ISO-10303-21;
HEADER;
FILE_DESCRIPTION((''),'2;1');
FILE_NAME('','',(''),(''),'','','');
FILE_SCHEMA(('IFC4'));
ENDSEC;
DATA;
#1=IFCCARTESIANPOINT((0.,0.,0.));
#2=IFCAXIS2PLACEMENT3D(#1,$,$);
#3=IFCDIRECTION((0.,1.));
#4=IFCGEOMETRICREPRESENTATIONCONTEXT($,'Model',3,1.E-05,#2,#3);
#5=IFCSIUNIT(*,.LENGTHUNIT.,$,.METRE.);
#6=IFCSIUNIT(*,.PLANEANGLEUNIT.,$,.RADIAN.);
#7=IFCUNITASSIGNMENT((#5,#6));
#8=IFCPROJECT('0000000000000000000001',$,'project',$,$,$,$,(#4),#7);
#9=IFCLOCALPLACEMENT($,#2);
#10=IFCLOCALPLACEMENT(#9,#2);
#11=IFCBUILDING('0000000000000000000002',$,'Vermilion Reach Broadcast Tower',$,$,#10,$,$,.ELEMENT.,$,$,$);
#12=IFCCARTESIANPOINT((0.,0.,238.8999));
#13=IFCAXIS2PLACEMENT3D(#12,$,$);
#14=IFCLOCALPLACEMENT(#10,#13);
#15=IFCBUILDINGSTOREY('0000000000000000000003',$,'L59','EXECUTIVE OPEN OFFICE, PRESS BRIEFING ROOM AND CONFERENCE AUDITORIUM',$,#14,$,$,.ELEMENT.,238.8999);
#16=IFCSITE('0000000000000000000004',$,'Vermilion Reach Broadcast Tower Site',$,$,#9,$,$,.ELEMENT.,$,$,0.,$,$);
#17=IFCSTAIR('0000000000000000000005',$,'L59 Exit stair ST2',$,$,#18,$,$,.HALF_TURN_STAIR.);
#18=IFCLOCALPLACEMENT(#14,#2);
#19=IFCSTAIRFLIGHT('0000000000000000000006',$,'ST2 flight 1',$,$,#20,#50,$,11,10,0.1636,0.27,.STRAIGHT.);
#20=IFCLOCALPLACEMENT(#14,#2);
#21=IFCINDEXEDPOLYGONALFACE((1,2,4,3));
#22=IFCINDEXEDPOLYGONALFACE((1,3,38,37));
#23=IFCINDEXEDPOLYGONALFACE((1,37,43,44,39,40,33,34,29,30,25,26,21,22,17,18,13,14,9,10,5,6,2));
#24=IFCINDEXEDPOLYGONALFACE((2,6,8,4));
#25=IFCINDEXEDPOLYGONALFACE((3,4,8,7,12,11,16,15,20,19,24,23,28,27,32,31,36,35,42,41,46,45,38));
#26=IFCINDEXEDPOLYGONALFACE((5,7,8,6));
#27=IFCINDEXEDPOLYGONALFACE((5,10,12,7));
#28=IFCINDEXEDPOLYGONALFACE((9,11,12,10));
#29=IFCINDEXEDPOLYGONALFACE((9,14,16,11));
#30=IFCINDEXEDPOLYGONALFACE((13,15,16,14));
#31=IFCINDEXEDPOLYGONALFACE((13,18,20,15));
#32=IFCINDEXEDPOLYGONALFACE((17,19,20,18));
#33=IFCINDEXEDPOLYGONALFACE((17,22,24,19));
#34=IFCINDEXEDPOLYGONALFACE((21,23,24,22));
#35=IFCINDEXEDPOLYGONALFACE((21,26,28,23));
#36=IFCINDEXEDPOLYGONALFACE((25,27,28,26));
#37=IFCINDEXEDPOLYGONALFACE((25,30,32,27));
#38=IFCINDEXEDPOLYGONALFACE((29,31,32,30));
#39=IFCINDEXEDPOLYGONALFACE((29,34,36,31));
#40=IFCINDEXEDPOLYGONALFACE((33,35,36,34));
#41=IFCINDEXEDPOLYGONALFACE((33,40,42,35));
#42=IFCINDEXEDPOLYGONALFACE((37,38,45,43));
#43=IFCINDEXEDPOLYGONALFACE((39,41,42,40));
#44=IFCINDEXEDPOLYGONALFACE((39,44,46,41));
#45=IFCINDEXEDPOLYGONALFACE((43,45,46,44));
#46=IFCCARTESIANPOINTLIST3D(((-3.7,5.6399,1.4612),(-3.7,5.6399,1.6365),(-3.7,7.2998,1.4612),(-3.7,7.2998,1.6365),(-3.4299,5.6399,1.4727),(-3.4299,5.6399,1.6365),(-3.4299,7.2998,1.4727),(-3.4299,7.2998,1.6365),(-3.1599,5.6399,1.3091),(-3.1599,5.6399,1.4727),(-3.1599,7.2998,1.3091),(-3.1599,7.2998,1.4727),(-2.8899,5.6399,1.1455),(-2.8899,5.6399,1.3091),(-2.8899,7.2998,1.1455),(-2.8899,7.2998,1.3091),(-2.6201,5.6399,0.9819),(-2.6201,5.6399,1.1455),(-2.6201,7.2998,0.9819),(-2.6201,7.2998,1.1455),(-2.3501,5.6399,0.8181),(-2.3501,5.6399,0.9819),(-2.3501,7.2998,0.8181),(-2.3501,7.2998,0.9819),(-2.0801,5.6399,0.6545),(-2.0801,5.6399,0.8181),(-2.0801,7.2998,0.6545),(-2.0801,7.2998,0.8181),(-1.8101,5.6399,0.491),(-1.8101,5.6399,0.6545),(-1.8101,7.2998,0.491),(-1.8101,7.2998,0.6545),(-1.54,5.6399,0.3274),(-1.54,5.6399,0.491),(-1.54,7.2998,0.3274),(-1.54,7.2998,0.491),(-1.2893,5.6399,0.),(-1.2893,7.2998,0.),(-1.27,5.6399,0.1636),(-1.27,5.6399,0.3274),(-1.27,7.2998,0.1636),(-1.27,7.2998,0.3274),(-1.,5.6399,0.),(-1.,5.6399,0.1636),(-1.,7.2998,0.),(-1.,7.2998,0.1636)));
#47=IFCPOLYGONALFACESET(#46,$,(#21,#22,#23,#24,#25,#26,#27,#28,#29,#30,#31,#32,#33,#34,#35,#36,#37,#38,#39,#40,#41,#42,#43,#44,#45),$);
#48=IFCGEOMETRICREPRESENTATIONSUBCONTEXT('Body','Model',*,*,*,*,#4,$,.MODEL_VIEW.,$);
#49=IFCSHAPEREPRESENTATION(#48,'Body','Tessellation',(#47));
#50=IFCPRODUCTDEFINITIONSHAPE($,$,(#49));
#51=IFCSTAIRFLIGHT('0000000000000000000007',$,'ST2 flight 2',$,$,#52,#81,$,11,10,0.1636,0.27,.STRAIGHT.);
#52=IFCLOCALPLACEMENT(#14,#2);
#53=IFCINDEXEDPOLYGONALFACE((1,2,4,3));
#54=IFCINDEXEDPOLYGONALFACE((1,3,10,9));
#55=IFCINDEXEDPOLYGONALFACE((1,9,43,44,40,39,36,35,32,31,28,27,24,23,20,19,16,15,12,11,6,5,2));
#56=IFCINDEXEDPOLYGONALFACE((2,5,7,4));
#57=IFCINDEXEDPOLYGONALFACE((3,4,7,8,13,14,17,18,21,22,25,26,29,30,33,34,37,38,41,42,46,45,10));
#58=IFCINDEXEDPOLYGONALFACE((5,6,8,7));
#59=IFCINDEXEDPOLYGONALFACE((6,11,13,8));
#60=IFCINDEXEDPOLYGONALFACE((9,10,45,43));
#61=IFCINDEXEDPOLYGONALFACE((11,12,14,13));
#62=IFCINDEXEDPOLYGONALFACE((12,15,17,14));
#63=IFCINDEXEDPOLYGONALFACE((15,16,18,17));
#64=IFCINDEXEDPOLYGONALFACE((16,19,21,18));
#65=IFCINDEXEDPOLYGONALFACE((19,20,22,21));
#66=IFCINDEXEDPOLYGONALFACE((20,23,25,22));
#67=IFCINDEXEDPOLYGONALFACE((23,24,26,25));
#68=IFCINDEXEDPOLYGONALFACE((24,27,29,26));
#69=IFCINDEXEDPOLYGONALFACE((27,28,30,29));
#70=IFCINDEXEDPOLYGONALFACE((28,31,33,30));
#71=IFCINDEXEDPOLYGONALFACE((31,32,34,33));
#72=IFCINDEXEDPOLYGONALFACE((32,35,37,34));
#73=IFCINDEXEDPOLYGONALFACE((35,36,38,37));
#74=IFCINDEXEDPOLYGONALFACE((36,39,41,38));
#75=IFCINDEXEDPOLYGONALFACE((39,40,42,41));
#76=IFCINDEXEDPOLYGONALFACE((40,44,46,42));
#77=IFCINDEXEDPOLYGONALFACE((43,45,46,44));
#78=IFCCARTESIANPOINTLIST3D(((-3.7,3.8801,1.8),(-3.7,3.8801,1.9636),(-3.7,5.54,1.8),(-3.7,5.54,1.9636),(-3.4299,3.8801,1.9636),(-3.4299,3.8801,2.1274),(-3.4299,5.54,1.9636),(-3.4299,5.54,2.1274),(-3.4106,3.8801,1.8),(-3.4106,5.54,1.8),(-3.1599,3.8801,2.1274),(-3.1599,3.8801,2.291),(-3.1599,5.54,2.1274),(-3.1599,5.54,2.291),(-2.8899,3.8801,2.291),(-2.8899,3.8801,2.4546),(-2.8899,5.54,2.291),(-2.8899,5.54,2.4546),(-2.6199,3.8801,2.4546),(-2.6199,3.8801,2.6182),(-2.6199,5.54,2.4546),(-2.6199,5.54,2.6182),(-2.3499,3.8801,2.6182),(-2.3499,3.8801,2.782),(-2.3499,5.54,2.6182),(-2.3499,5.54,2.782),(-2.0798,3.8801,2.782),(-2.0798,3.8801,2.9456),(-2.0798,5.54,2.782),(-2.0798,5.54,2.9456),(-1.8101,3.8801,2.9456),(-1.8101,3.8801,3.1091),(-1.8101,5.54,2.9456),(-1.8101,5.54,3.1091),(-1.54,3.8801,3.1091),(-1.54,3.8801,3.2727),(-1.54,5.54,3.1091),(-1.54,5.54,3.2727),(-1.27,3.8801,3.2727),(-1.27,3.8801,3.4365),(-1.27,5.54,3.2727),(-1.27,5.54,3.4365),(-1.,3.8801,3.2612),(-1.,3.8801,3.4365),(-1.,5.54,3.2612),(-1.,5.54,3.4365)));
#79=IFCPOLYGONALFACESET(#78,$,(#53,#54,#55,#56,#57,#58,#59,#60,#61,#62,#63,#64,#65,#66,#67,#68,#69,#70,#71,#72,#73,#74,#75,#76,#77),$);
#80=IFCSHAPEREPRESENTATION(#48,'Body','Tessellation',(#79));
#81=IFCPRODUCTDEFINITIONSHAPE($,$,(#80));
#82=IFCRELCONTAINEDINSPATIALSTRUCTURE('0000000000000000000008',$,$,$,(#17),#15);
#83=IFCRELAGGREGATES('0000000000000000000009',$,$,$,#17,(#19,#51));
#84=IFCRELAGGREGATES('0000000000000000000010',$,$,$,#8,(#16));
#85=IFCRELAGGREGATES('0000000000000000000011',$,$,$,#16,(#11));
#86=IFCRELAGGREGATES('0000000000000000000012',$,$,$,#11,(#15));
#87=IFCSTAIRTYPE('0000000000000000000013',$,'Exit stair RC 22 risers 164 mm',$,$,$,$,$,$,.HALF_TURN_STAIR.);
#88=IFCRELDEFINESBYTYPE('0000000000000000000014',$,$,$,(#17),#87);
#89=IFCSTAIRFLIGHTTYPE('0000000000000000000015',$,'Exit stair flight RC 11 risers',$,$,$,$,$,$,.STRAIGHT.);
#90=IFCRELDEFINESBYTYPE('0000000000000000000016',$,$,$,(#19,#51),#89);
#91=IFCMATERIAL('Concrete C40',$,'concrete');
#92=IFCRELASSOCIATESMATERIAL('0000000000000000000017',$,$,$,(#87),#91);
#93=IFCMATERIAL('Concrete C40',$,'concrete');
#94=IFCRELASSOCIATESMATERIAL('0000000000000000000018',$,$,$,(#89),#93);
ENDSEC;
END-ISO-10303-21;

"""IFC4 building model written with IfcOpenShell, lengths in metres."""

from ifc_helpers import new_model, si_unit, direction, frame, origin, place, context, subcontext, project, spatial, polyline, outline, extrude, material, type_object, element, aggregate, save


model = new_model("IFC4")

# Units and contexts
model_context = context("Model", 3, precision=1e-05, world=origin(), true_north=direction((0.0, 1.0)))
body_context = subcontext(model_context, "Body", "Model", "MODEL_VIEW")
ifc_project = project(units=[si_unit("LENGTHUNIT", "METRE"), si_unit("PLANEANGLEUNIT", "RADIAN")], contexts=[model_context])

# Site, building, storey
site_placement = place(None, origin())
site = spatial("IfcSite", under=ifc_project, at=site_placement, Name="Vermilion Reach Broadcast Tower Site", CompositionType="ELEMENT", RefElevation=0.0)
building_placement = place(site_placement, origin())
building = spatial("IfcBuilding", under=site, at=building_placement, Name="Vermilion Reach Broadcast Tower", CompositionType="ELEMENT")
storey_placement = place(building_placement, frame((0.0, 0.0, 238.8999)))
storey = spatial("IfcBuildingStorey", under=building, at=storey_placement, Name="L59", Description="EXECUTIVE OPEN OFFICE, PRESS BRIEFING ROOM AND CONFERENCE AUDITORIUM", CompositionType="ELEMENT", Elevation=238.8999)

# Stair, stair flights
ifc_material_1 = material(Name="Concrete C40", Category="concrete")
stair_type = type_object("IfcStairType", Name="Exit stair RC 22 risers 164 mm", PredefinedType="HALF_TURN_STAIR", material=ifc_material_1)
stair_placement = place(storey_placement, origin())
stair = element("IfcStair", 1, at=stair_placement, inside=storey, type_object=stair_type, Name="L59 Exit stair ST2", PredefinedType="HALF_TURN_STAIR")
ifc_material_2 = material(Name="Concrete C40", Category="concrete")
stair_flight_type = type_object("IfcStairFlightType", Name="Exit stair flight RC 11 risers", PredefinedType="STRAIGHT", material=ifc_material_2)
stair_flight_1_placement = place(storey_placement, frame((-1.0, 6.47, 0.0), z_axis=(0.0, 0.0, 1.0), x_axis=(-1.0, 0.0, 0.0)))
stair_flight_1 = element("IfcStairFlight", 2, at=stair_flight_1_placement, type_object=stair_flight_type, Name="ST2 flight 1", NumberOfRisers=11, NumberOfTreads=10, PredefinedType="STRAIGHT", RiserHeight=0.1636, TreadLength=0.27, context=body_context, shape_type="SweptSolid", body=[
    extrude(outline(polyline([(0.0, 0.0), (0.0, 0.1636), (0.27, 0.1636), (0.27, 0.3274), (0.54, 0.3274), (0.54, 0.491), (0.8101, 0.491), (0.8101, 0.6545), (1.0801, 0.6545), (1.0801, 0.8181), (1.3501, 0.8181), (1.3501, 0.9819), (1.6201, 0.9819), (1.6201, 1.1455), (1.8899, 1.1455), (1.8899, 1.3091), (2.1599, 1.3091), (2.1599, 1.4727), (2.4299, 1.4727), (2.4299, 1.6365), (2.7, 1.6365), (2.7, 1.8), (2.7, 1.4612), (0.2893, 0.0), (0.0, 0.0)])), frame((0.0, 0.8301, 0.0), z_axis=(0.0, -1.0, 0.0), x_axis=(1.0, 0.0, 0.0)), (0.0, 0.0, 1.0), 1.6599),
])
stair_flight_2_placement = place(storey_placement, frame((-3.7, 4.71, 1.8), z_axis=(0.0, 0.0, 1.0), x_axis=(1.0, 0.0, 0.0)))
stair_flight_2 = element("IfcStairFlight", 3, at=stair_flight_2_placement, type_object=stair_flight_type, Name="ST2 flight 2", NumberOfRisers=11, NumberOfTreads=10, PredefinedType="STRAIGHT", RiserHeight=0.1636, TreadLength=0.27, context=body_context, shape_type="SweptSolid", body=[
    extrude(outline(polyline([(0.0, 0.0), (0.0, 0.1636), (0.27, 0.1636), (0.27, 0.3274), (0.54, 0.3274), (0.54, 0.491), (0.8101, 0.491), (0.8101, 0.6545), (1.0801, 0.6545), (1.0801, 0.8181), (1.3501, 0.8181), (1.3501, 0.9819), (1.6201, 0.9819), (1.6201, 1.1455), (1.8899, 1.1455), (1.8899, 1.3091), (2.1599, 1.3091), (2.1599, 1.4727), (2.4299, 1.4727), (2.4299, 1.6365), (2.7, 1.6365), (2.7, 1.8), (2.7, 1.4612), (0.2893, 0.0), (0.0, 0.0)])), frame((0.0, 0.8301, 0.0), z_axis=(0.0, -1.0, 0.0), x_axis=(1.0, 0.0, 0.0)), (0.0, 0.0, 1.0), 1.6599),
])
aggregate(stair, [stair_flight_1, stair_flight_2])

save(model, "model.ifc")
